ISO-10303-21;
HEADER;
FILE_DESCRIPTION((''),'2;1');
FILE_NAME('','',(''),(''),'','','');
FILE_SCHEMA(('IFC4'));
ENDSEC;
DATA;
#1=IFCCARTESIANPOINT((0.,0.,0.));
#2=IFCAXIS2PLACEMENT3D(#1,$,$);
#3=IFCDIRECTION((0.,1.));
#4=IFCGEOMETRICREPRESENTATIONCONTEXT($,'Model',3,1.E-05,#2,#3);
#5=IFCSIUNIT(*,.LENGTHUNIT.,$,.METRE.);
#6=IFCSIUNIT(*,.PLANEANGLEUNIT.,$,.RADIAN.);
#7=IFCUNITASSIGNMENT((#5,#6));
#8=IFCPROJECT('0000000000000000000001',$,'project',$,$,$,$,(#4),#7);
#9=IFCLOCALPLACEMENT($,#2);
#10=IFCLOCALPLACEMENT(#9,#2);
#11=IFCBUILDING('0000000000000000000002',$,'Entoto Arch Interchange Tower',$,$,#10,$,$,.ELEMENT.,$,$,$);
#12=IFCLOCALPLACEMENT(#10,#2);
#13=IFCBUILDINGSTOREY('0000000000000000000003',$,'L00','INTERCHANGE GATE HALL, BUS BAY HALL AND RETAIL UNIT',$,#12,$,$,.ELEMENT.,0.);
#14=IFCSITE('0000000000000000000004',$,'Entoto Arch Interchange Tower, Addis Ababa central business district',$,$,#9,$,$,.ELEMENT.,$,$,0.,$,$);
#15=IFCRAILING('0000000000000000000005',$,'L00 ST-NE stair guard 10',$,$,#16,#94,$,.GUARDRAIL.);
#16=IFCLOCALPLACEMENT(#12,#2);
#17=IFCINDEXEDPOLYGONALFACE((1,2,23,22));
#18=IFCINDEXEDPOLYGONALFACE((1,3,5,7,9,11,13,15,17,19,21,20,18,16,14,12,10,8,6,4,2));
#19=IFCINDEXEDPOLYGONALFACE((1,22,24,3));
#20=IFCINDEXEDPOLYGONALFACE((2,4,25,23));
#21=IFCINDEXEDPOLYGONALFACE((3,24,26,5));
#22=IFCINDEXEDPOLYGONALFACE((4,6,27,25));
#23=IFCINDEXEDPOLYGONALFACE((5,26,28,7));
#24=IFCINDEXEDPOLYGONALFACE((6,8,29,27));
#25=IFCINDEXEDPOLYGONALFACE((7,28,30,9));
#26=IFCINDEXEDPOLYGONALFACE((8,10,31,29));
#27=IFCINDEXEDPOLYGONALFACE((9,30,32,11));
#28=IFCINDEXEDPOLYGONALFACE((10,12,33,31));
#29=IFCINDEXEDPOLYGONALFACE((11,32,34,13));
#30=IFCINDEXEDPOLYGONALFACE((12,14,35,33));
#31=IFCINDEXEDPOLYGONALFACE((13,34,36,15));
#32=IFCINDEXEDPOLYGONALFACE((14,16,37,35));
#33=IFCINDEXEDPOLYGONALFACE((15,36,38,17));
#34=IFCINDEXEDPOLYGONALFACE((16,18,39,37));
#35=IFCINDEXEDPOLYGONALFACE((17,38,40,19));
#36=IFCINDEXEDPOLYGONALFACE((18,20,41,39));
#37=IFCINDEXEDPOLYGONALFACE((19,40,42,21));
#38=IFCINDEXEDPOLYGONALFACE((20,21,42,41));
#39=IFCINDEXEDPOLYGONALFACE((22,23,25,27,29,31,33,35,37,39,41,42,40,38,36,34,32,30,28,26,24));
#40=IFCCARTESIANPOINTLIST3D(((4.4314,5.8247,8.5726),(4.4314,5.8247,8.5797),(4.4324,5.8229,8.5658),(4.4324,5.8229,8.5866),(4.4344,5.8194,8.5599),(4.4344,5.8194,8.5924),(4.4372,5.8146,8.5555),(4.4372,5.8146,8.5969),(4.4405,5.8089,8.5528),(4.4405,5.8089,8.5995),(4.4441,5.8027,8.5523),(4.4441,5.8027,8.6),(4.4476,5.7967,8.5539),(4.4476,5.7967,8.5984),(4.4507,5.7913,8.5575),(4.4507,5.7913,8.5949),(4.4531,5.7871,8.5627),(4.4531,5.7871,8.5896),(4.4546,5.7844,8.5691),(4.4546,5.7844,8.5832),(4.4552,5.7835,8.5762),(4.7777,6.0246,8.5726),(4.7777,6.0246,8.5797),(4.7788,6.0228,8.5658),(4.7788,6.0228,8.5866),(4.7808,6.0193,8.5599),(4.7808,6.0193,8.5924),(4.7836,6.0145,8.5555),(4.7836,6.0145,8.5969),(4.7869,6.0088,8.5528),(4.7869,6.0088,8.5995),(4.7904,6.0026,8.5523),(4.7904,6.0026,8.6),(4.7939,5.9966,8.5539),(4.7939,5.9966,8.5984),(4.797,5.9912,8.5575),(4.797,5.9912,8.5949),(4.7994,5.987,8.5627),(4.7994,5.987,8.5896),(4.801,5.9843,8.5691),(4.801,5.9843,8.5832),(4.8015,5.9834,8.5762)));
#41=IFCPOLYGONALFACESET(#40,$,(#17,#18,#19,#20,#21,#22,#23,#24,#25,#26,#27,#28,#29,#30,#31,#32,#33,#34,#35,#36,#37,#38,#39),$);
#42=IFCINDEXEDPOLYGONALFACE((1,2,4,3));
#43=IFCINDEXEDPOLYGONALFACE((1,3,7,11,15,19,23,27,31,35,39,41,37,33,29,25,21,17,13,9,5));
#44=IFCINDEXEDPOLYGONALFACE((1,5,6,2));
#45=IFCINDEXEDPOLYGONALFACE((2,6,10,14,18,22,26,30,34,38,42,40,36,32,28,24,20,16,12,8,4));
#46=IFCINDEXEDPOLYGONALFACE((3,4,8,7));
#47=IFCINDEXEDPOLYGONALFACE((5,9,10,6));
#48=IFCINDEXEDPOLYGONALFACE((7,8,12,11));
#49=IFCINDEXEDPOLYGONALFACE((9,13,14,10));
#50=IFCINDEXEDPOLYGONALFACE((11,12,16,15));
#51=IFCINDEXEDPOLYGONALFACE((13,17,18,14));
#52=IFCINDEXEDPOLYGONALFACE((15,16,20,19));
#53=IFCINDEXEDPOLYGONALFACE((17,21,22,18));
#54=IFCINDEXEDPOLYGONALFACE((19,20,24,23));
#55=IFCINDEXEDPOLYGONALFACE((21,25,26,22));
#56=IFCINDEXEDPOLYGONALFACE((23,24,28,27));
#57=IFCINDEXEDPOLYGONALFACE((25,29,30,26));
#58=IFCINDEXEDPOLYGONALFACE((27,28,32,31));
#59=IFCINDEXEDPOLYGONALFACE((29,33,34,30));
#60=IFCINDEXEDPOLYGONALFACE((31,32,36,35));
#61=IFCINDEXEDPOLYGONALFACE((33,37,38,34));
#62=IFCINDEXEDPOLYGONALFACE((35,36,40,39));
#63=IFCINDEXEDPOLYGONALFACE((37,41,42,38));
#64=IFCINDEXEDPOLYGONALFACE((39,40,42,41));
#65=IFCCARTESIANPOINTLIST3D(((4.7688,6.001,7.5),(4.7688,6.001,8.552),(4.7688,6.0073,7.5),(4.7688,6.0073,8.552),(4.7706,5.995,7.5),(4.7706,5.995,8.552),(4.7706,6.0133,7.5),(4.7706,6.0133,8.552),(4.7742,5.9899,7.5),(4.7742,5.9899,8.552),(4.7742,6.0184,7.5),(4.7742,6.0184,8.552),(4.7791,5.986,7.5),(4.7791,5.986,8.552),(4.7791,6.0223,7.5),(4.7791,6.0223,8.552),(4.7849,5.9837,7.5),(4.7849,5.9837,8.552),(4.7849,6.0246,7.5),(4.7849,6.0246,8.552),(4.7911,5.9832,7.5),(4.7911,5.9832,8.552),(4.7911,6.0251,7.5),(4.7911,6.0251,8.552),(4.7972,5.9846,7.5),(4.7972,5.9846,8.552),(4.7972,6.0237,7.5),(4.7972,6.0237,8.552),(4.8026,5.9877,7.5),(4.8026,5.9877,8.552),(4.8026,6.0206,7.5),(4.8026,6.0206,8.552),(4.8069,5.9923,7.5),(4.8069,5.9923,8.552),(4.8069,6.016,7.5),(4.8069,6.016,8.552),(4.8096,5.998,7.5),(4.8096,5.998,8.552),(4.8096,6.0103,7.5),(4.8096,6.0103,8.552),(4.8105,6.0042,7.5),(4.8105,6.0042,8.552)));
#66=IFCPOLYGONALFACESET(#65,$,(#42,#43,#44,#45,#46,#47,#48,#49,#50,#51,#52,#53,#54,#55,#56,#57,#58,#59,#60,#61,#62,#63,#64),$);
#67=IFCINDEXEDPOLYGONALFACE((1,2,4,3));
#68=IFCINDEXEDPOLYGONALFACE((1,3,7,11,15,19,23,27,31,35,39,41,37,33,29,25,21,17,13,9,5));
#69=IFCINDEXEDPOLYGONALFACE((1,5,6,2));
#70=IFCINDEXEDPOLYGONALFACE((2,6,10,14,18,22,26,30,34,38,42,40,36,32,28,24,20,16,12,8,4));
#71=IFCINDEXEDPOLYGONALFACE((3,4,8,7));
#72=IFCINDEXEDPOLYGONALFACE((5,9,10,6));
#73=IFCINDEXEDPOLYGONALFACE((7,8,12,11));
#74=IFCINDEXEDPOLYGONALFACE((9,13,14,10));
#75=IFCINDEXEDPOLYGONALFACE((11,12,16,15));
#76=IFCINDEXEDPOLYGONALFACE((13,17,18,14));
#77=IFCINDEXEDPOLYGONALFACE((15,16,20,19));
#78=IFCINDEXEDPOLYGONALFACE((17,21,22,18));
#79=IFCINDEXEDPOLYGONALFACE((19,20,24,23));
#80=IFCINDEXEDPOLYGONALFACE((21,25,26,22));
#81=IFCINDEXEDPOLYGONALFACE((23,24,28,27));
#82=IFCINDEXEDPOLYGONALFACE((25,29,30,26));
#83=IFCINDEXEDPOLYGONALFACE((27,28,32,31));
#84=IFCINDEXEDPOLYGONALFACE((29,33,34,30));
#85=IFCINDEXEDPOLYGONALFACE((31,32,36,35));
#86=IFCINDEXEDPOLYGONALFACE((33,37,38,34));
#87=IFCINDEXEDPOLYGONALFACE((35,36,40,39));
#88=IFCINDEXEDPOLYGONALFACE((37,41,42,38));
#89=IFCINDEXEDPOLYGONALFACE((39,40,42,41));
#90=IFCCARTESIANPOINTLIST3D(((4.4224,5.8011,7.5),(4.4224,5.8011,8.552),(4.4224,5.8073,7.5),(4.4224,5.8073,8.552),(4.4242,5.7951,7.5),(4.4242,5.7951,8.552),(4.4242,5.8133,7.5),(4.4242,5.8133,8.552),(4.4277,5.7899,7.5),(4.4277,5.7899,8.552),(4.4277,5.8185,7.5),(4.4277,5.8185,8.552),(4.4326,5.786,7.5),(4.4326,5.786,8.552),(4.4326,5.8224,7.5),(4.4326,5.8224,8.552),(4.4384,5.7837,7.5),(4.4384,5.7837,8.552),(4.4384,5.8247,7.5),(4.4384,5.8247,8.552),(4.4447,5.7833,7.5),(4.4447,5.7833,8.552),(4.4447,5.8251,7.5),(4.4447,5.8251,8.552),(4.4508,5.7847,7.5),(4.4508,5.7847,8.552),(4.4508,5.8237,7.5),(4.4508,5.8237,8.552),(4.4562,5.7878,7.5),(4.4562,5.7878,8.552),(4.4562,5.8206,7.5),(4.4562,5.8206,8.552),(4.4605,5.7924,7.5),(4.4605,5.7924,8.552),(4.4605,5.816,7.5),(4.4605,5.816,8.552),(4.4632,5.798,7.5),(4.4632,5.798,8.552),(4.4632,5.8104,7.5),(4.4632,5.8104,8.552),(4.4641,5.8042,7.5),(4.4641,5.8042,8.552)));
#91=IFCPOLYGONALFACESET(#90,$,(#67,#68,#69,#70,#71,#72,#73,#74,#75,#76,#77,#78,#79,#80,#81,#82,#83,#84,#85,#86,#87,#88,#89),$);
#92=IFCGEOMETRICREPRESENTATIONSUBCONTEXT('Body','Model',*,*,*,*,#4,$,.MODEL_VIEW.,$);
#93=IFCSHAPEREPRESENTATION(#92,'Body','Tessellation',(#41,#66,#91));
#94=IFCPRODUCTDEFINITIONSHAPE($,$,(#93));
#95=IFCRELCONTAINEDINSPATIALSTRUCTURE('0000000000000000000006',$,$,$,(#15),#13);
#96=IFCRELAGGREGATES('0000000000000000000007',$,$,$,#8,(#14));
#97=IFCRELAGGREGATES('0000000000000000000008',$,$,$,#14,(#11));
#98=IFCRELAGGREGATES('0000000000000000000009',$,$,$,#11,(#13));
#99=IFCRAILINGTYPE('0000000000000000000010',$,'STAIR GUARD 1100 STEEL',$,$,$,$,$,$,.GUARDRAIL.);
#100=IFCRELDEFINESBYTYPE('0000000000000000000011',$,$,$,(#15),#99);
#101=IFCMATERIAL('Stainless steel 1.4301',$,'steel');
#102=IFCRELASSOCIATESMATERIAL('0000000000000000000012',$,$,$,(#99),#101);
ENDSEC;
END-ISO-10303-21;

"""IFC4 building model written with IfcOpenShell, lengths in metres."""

from ifc_helpers import new_model, si_unit, direction, frame, origin, origin_2d, place, context, subcontext, project, spatial, circle, extrude, material, type_object, element, save


model = new_model("IFC4")

# Units and contexts
model_context = context("Model", 3, precision=1e-05, world=origin(), true_north=direction((0.0, 1.0)))
body_context = subcontext(model_context, "Body", "Model", "MODEL_VIEW")
ifc_project = project(units=[si_unit("LENGTHUNIT", "METRE"), si_unit("PLANEANGLEUNIT", "RADIAN")], contexts=[model_context])

# Site, building, storey
site_placement = place(None, origin())
site = spatial("IfcSite", under=ifc_project, at=site_placement, Name="Entoto Arch Interchange Tower, Addis Ababa central business district", CompositionType="ELEMENT", RefElevation=0.0)
building_placement = place(site_placement, origin())
building = spatial("IfcBuilding", under=site, at=building_placement, Name="Entoto Arch Interchange Tower", CompositionType="ELEMENT")
storey_placement = place(building_placement, origin())
storey = spatial("IfcBuildingStorey", under=building, at=storey_placement, Name="L00", Description="INTERCHANGE GATE HALL, BUS BAY HALL AND RETAIL UNIT", CompositionType="ELEMENT", Elevation=0.0)

# Railing
ifc_material_1 = material(Name="Stainless steel 1.4301", Category="steel")
railing_type_1 = type_object("IfcRailingType", Name="STAIR GUARD 1100 STEEL", PredefinedType="GUARDRAIL", material=ifc_material_1)
railing_1_placement = place(storey_placement, frame((4.7896, 6.0042, 7.5)))
element("IfcRailing", 1, at=railing_1_placement, inside=storey, type_object=railing_type_1, Name="L00 ST-NE stair guard 10", PredefinedType="GUARDRAIL", context=body_context, shape_type="SweptSolid", body=[
    extrude(circle(Radius=0.0239, at=origin_2d()), frame((0.0, 0.0, 1.0762), z_axis=(-0.866094, -0.499881, 0.0), x_axis=(0.499881, -0.866094, 0.0)), (0.0, 0.0, 1.0), 0.3999),
    extrude(circle(Radius=0.021, at=origin_2d()), origin(), (0.0, 0.0, 1.0), 1.052),
    extrude(circle(Radius=0.021, at=origin_2d()), frame((-0.3464, -0.2, 0.0)), (0.0, 0.0, 1.0), 1.052),
])

save(model, "model.ifc")
